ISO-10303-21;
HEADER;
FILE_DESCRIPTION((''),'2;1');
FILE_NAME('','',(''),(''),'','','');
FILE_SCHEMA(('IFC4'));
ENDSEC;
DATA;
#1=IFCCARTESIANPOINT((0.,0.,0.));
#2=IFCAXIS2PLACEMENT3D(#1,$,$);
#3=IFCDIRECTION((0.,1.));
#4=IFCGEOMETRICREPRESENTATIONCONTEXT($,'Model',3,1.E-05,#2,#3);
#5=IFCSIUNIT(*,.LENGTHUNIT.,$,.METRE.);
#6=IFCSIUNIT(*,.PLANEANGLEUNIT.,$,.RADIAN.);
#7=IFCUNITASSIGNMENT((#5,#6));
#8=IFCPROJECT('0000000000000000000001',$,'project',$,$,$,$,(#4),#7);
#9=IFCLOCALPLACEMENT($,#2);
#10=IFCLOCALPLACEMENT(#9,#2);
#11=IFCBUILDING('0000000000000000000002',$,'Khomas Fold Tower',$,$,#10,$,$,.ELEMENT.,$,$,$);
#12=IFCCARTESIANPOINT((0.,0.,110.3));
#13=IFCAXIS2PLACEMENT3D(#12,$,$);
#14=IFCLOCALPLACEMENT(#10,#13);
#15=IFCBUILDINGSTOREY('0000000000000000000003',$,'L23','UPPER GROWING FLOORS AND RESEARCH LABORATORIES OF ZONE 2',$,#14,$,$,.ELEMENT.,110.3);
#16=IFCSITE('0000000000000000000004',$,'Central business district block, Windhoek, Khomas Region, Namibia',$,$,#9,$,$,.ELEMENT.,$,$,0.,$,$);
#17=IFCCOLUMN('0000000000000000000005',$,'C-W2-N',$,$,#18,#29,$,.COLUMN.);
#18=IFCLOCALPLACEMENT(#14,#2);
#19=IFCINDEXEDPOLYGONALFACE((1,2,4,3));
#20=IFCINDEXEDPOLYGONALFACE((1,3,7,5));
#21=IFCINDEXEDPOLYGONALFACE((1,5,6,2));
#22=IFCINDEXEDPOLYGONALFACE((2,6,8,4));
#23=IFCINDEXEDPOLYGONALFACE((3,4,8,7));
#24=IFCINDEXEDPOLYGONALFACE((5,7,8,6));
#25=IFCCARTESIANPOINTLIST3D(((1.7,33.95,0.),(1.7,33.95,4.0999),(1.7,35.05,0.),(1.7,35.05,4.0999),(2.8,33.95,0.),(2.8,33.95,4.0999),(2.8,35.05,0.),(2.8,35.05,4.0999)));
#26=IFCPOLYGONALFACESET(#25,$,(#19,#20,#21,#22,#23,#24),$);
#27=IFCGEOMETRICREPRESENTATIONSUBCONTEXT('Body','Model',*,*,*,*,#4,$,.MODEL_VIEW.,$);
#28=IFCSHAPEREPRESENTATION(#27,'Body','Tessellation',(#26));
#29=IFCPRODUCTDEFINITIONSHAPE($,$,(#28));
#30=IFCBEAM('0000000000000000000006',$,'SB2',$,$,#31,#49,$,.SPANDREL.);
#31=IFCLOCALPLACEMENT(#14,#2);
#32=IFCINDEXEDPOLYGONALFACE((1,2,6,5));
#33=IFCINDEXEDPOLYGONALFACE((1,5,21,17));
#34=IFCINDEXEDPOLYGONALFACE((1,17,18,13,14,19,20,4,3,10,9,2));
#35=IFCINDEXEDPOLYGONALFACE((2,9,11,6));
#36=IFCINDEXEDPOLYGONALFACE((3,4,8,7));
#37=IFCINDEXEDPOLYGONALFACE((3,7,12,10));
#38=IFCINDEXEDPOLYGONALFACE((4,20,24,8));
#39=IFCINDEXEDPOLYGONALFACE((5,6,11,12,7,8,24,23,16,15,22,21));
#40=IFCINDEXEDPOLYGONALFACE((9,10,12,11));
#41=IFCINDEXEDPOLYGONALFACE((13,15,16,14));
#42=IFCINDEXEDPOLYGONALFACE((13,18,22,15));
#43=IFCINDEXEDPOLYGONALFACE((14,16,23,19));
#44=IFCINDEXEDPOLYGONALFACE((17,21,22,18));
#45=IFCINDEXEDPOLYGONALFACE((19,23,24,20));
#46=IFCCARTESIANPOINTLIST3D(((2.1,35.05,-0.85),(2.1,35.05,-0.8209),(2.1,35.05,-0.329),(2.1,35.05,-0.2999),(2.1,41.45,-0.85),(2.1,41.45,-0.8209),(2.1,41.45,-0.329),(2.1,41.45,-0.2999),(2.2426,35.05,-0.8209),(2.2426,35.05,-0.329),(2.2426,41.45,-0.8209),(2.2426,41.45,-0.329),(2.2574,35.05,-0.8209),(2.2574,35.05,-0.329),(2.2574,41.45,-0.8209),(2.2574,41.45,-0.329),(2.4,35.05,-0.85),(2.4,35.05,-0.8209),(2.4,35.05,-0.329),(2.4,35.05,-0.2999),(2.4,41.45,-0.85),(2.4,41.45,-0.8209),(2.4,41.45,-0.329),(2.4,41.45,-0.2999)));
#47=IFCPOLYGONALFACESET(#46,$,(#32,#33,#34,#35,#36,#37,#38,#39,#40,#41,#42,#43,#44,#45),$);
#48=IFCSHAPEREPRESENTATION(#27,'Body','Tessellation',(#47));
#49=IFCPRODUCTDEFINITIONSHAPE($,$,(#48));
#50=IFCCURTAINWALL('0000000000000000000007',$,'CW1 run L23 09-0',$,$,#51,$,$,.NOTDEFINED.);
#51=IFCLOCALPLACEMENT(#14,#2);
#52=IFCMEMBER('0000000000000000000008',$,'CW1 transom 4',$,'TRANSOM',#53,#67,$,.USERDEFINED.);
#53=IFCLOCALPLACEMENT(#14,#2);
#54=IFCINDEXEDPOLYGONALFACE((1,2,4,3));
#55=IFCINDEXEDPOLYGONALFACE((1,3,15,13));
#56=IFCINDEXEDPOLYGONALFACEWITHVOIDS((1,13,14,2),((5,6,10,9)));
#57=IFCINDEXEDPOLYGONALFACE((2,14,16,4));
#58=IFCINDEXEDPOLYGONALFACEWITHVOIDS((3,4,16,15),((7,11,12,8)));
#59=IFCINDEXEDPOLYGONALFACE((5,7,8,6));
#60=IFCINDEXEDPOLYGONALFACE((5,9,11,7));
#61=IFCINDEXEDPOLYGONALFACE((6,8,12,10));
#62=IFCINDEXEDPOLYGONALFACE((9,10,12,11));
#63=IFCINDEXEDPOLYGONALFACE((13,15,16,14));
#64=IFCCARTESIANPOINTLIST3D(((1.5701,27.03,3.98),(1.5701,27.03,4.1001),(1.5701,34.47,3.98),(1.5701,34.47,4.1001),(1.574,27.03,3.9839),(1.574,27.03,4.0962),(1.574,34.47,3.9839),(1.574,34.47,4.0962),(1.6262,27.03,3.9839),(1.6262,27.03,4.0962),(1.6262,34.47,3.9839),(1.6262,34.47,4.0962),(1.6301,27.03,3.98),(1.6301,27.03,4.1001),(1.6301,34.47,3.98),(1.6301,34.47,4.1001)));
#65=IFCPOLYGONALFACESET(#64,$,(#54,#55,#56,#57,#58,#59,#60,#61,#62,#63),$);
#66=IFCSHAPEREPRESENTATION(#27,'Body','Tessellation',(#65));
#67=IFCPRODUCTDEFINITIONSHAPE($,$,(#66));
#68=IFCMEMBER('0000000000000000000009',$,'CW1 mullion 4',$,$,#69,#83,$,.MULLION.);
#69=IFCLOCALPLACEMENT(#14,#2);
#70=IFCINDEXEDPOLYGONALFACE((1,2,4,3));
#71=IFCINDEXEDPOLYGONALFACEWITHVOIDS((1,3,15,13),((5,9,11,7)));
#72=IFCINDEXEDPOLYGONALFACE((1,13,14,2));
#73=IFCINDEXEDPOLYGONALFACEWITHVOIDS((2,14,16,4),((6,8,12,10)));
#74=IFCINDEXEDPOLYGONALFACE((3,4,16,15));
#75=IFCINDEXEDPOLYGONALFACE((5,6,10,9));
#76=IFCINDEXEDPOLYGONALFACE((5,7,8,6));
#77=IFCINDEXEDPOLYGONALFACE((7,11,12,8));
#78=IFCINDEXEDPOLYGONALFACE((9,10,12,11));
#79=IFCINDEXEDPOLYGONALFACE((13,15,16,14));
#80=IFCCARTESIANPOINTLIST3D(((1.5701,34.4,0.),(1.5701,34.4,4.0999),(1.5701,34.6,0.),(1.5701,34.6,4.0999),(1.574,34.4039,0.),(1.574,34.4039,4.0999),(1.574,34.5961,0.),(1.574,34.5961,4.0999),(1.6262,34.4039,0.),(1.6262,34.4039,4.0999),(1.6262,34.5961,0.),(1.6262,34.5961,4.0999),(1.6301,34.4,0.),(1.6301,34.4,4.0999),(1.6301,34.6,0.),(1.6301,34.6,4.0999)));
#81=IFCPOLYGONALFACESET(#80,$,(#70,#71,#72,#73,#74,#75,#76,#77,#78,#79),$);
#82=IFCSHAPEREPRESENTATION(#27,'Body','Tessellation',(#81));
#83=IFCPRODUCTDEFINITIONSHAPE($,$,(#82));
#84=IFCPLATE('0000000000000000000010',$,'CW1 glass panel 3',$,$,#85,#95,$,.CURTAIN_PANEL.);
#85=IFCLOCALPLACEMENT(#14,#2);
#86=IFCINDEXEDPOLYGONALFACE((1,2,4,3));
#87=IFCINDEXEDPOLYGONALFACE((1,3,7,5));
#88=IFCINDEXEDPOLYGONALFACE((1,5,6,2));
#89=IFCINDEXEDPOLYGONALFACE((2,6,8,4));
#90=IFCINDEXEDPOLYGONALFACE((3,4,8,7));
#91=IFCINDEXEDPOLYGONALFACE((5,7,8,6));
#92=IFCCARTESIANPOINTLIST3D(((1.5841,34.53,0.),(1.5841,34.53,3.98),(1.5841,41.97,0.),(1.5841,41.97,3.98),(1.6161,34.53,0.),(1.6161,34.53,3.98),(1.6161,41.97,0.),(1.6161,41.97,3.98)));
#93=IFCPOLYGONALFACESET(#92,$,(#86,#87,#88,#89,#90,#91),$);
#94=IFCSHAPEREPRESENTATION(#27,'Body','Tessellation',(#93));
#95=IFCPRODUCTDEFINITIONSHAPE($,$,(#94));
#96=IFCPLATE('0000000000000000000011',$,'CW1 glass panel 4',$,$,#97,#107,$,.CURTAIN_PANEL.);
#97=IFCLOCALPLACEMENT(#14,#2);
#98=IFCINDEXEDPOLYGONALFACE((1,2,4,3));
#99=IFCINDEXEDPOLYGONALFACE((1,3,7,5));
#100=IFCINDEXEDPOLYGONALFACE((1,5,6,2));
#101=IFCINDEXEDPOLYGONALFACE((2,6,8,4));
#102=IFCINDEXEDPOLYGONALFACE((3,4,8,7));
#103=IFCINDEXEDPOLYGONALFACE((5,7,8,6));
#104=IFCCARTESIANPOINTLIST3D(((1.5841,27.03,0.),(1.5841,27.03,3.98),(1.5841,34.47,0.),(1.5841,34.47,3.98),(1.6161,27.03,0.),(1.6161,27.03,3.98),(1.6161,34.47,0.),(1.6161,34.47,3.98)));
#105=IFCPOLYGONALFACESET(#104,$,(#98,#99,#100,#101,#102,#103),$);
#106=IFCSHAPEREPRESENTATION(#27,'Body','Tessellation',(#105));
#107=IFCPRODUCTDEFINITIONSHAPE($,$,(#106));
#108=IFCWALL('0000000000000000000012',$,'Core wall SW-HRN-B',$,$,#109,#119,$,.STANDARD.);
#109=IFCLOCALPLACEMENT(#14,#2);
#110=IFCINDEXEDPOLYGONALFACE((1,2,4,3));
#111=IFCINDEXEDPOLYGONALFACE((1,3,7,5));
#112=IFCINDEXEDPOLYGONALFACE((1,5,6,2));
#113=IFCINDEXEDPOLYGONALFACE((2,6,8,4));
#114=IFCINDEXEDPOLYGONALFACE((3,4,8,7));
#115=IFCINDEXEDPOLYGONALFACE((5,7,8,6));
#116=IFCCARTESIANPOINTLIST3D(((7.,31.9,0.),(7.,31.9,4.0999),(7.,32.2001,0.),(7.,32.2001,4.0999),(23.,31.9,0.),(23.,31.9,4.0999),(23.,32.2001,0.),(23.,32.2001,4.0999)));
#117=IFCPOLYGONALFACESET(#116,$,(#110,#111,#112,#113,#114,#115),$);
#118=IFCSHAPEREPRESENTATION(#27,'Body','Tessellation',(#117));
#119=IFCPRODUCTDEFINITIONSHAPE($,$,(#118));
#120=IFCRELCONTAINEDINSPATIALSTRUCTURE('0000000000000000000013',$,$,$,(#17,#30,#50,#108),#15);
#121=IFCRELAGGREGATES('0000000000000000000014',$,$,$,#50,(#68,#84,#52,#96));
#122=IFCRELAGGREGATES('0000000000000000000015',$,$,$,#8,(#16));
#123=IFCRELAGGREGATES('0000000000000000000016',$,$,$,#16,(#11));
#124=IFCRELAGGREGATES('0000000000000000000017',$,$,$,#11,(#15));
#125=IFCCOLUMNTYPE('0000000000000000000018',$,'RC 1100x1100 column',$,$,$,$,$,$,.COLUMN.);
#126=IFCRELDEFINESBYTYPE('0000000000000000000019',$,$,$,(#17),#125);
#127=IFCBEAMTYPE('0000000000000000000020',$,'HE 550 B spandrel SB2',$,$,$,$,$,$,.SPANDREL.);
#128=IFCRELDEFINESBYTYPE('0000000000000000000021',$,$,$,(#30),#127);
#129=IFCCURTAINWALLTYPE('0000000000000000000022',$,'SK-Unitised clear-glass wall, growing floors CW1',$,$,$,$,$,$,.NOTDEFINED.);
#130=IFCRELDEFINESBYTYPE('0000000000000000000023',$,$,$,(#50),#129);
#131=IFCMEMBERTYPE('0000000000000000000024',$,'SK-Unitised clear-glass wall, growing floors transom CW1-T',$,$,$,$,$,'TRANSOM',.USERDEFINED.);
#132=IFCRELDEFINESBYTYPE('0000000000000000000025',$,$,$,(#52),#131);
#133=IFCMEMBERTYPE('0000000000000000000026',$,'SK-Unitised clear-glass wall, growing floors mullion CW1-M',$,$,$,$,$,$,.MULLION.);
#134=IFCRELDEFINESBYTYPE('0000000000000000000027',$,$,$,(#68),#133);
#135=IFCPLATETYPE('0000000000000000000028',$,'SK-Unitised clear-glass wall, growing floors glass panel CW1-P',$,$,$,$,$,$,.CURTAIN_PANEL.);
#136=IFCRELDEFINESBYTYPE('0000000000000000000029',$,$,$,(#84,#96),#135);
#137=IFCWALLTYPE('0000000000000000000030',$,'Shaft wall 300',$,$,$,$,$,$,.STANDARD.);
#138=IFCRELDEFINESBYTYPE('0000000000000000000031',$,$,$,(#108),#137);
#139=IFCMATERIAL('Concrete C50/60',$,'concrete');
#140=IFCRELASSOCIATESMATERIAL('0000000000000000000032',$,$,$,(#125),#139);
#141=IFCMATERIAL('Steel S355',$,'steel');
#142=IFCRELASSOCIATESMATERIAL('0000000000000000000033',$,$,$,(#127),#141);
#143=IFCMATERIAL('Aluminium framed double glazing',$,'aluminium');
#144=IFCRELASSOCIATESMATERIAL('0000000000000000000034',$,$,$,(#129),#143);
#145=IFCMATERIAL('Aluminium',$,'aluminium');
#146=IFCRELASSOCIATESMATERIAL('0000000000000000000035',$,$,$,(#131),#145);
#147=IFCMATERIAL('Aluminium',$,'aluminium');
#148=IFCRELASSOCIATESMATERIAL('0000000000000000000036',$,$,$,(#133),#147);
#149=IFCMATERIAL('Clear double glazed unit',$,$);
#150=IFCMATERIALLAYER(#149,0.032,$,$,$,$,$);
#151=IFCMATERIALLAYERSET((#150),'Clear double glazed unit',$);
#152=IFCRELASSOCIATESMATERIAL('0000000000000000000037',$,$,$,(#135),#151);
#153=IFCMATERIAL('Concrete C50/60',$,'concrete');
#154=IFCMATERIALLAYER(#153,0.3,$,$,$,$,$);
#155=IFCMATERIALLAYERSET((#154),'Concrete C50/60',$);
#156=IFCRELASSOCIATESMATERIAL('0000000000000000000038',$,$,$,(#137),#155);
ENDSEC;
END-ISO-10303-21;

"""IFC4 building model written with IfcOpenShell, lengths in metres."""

from ifc_helpers import new_model, si_unit, direction, frame, frame_2d, origin, origin_2d, place, context, subcontext, project, spatial, rectangle, hollow_rectangle, i_section, extrude, source, transform, mapped, material, layer, layer_set, material_profile, profile_set, type_object, element, aggregate, save


model = new_model("IFC4")

# Units and contexts
model_context = context("Model", 3, precision=1e-05, world=origin(), true_north=direction((0.0, 1.0)))
body_context = subcontext(model_context, "Body", "Model", "MODEL_VIEW")
ifc_project = project(units=[si_unit("LENGTHUNIT", "METRE"), si_unit("PLANEANGLEUNIT", "RADIAN")], contexts=[model_context])

# Site, building, storey
site_placement = place(None, origin())
site = spatial("IfcSite", under=ifc_project, at=site_placement, Name="Central business district block, Windhoek, Khomas Region, Namibia", CompositionType="ELEMENT", RefElevation=0.0)
building_placement = place(site_placement, origin())
building = spatial("IfcBuilding", under=site, at=building_placement, Name="Khomas Fold Tower", CompositionType="ELEMENT")
storey_placement = place(building_placement, frame((0.0, 0.0, 110.3)))
storey = spatial("IfcBuildingStorey", under=building, at=storey_placement, Name="L23", Description="UPPER GROWING FLOORS AND RESEARCH LABORATORIES OF ZONE 2", CompositionType="ELEMENT", Elevation=110.3)

# Column
ifc_material_1 = material(Name="Concrete C50/60", Category="concrete")
ifc_material_profile_1 = material_profile(ifc_material_1, rectangle(XDim=1.1001, YDim=1.1001, at=origin_2d()), Name="RC 1100x1100")
ifc_profile_set_1 = profile_set([ifc_material_profile_1], Name="Concrete C50/60")
column_type = type_object("IfcColumnType", Name="RC 1100x1100 column", PredefinedType="COLUMN", material=ifc_profile_set_1)
shared_shape_1 = source(origin(), body_context, "Body", "SweptSolid", [
    extrude(rectangle(XDim=1.1001, YDim=1.1001, at=origin_2d()), origin(), (0.0, 0.0, 1.0), 4.0999),
])
column_placement = place(storey_placement, frame((2.25, 34.5, 0.0), z_axis=(0.0, 0.0, 1.0), x_axis=(1.0, 0.0, 0.0)))
element("IfcColumn", 1, at=column_placement, inside=storey, type_object=column_type, Name="C-W2-N", PredefinedType="COLUMN", context=body_context, shape_type="MappedRepresentation", body=[
    mapped(shared_shape_1, transform((0.0, 0.0, 0.0))),
])

# Beam
ifc_material_2 = material(Name="Steel S355", Category="steel")
ifc_material_profile_2 = material_profile(ifc_material_2, i_section(OverallWidth=0.3, OverallDepth=0.55, WebThickness=0.0149, FlangeThickness=0.0291, at=origin_2d()), Name="HE 550 B")
ifc_profile_set_2 = profile_set([ifc_material_profile_2], Name="Steel S355")
beam_type = type_object("IfcBeamType", Name="HE 550 B spandrel SB2", PredefinedType="SPANDREL", material=ifc_profile_set_2)
shared_shape_2 = source(origin(), body_context, "Body", "SweptSolid", [
    extrude(i_section(OverallWidth=0.3, OverallDepth=0.55, WebThickness=0.0149, FlangeThickness=0.0291, at=origin_2d()), origin(), (0.0, 0.0, 1.0), 6.3999),
])
beam_placement = place(storey_placement, frame((2.25, 35.05, -0.575), z_axis=(0.0, 1.0, 0.0), x_axis=(-1.0, 0.0, 0.0)))
element("IfcBeam", 2, at=beam_placement, inside=storey, type_object=beam_type, Name="SB2", PredefinedType="SPANDREL", context=body_context, shape_type="MappedRepresentation", body=[
    mapped(shared_shape_2, transform((0.0, 0.0, 0.0))),
])

# Curtain wall, members, plates
ifc_material_3 = material(Name="Aluminium framed double glazing", Category="aluminium")
curtain_wall_type = type_object("IfcCurtainWallType", Name="SK-Unitised clear-glass wall, growing floors CW1", PredefinedType="NOTDEFINED", material=ifc_material_3)
curtain_wall_placement = place(storey_placement, origin())
curtain_wall = element("IfcCurtainWall", 3, at=curtain_wall_placement, inside=storey, type_object=curtain_wall_type, Name="CW1 run L23 09-0", PredefinedType="NOTDEFINED")
ifc_material_4 = material(Name="Aluminium", Category="aluminium")
ifc_material_profile_3 = material_profile(ifc_material_4, hollow_rectangle(XDim=0.0601, YDim=0.1201, WallThickness=0.0039, at=origin_2d()), Name="SK-Unitised clear-glass wall, growing floors transom CW1-T")
ifc_profile_set_3 = profile_set([ifc_material_profile_3], Name="Aluminium")
member_type_1 = type_object("IfcMemberType", Name="SK-Unitised clear-glass wall, growing floors transom CW1-T", ElementType="TRANSOM", PredefinedType="USERDEFINED", material=ifc_profile_set_3)
shared_shape_3 = source(origin(), body_context, "Body", "SweptSolid", [
    extrude(hollow_rectangle(XDim=0.0601, YDim=0.1201, WallThickness=0.0039, at=origin_2d()), origin(), (0.0, 0.0, 1.0), 7.4399),
])
member_1_placement = place(storey_placement, frame((1.6001, 34.47, 4.04), z_axis=(0.0, -1.0, 0.0), x_axis=(1.0, 0.0, 0.0)))
member_1 = element("IfcMember", 4, at=member_1_placement, type_object=member_type_1, Name="CW1 transom 4", ObjectType="TRANSOM", PredefinedType="USERDEFINED", context=body_context, shape_type="MappedRepresentation", body=[
    mapped(shared_shape_3, transform((0.0, 0.0, 0.0))),
])
ifc_material_5 = material(Name="Aluminium", Category="aluminium")
ifc_material_profile_4 = material_profile(ifc_material_5, hollow_rectangle(XDim=0.0601, YDim=0.2, WallThickness=0.0039, at=origin_2d()), Name="SK-Unitised clear-glass wall, growing floors mullion CW1-M")
ifc_profile_set_4 = profile_set([ifc_material_profile_4], Name="Aluminium")
member_type_2 = type_object("IfcMemberType", Name="SK-Unitised clear-glass wall, growing floors mullion CW1-M", PredefinedType="MULLION", material=ifc_profile_set_4)
shared_shape_4 = source(origin(), body_context, "Body", "SweptSolid", [
    extrude(hollow_rectangle(XDim=0.0601, YDim=0.2, WallThickness=0.0039, at=origin_2d()), origin(), (0.0, 0.0, 1.0), 4.0999),
])
member_2_placement = place(storey_placement, frame((1.6001, 34.5, 0.0), z_axis=(0.0, 0.0, 1.0), x_axis=(1.0, 0.0, 0.0)))
member_2 = element("IfcMember", 5, at=member_2_placement, type_object=member_type_2, Name="CW1 mullion 4", PredefinedType="MULLION", context=body_context, shape_type="MappedRepresentation", body=[
    mapped(shared_shape_4, transform((0.0, 0.0, 0.0))),
])
ifc_material_6 = material(Name="Clear double glazed unit")
ifc_layer_1 = layer(ifc_material_6, 0.032)
ifc_layer_set_1 = layer_set([ifc_layer_1], Name="Clear double glazed unit")
plate_type = type_object("IfcPlateType", Name="SK-Unitised clear-glass wall, growing floors glass panel CW1-P", PredefinedType="CURTAIN_PANEL", material=ifc_layer_set_1)
shared_shape_5 = source(origin(), body_context, "Body", "SweptSolid", [
    extrude(rectangle(XDim=7.4399, YDim=0.032, at=origin_2d()), origin(), (0.0, 0.0, 1.0), 3.98),
])
plate_1_placement = place(storey_placement, frame((1.6001, 38.25, 0.0), z_axis=(0.0, 0.0, 1.0), x_axis=(0.0, -1.0, 0.0)))
plate_1 = element("IfcPlate", 6, at=plate_1_placement, type_object=plate_type, Name="CW1 glass panel 3", PredefinedType="CURTAIN_PANEL", context=body_context, shape_type="MappedRepresentation", body=[
    mapped(shared_shape_5, transform((0.0, 0.0, 0.0))),
])
plate_2_placement = place(storey_placement, frame((1.6001, 30.75, 0.0), z_axis=(0.0, 0.0, 1.0), x_axis=(0.0, -1.0, 0.0)))
plate_2 = element("IfcPlate", 7, at=plate_2_placement, type_object=plate_type, Name="CW1 glass panel 4", PredefinedType="CURTAIN_PANEL", context=body_context, shape_type="MappedRepresentation", body=[
    mapped(shared_shape_5, transform((0.0, 0.0, 0.0))),
])
aggregate(curtain_wall, [member_2, plate_1, member_1, plate_2])

# Wall
ifc_material_7 = material(Name="Concrete C50/60", Category="concrete")
ifc_layer_2 = layer(ifc_material_7, 0.3)
ifc_layer_set_2 = layer_set([ifc_layer_2], Name="Concrete C50/60")
wall_type_1 = type_object("IfcWallType", Name="Shaft wall 300", PredefinedType="STANDARD", material=ifc_layer_set_2)
shared_shape_6 = source(origin(), body_context, "Body", "SweptSolid", [
    extrude(rectangle(XDim=16.0, YDim=0.3, at=frame_2d((8.0, 0.0))), origin(), (0.0, 0.0, 1.0), 4.0999),
])
wall_1_placement = place(storey_placement, frame((7.0, 32.05, 0.0), z_axis=(0.0, 0.0, 1.0), x_axis=(1.0, 0.0, 0.0)))
element("IfcWall", 8, at=wall_1_placement, inside=storey, type_object=wall_type_1, Name="Core wall SW-HRN-B", PredefinedType="STANDARD", context=body_context, shape_type="MappedRepresentation", body=[
    mapped(shared_shape_6, transform((0.0, 0.0, 0.0))),
])

save(model, "model.ifc")
